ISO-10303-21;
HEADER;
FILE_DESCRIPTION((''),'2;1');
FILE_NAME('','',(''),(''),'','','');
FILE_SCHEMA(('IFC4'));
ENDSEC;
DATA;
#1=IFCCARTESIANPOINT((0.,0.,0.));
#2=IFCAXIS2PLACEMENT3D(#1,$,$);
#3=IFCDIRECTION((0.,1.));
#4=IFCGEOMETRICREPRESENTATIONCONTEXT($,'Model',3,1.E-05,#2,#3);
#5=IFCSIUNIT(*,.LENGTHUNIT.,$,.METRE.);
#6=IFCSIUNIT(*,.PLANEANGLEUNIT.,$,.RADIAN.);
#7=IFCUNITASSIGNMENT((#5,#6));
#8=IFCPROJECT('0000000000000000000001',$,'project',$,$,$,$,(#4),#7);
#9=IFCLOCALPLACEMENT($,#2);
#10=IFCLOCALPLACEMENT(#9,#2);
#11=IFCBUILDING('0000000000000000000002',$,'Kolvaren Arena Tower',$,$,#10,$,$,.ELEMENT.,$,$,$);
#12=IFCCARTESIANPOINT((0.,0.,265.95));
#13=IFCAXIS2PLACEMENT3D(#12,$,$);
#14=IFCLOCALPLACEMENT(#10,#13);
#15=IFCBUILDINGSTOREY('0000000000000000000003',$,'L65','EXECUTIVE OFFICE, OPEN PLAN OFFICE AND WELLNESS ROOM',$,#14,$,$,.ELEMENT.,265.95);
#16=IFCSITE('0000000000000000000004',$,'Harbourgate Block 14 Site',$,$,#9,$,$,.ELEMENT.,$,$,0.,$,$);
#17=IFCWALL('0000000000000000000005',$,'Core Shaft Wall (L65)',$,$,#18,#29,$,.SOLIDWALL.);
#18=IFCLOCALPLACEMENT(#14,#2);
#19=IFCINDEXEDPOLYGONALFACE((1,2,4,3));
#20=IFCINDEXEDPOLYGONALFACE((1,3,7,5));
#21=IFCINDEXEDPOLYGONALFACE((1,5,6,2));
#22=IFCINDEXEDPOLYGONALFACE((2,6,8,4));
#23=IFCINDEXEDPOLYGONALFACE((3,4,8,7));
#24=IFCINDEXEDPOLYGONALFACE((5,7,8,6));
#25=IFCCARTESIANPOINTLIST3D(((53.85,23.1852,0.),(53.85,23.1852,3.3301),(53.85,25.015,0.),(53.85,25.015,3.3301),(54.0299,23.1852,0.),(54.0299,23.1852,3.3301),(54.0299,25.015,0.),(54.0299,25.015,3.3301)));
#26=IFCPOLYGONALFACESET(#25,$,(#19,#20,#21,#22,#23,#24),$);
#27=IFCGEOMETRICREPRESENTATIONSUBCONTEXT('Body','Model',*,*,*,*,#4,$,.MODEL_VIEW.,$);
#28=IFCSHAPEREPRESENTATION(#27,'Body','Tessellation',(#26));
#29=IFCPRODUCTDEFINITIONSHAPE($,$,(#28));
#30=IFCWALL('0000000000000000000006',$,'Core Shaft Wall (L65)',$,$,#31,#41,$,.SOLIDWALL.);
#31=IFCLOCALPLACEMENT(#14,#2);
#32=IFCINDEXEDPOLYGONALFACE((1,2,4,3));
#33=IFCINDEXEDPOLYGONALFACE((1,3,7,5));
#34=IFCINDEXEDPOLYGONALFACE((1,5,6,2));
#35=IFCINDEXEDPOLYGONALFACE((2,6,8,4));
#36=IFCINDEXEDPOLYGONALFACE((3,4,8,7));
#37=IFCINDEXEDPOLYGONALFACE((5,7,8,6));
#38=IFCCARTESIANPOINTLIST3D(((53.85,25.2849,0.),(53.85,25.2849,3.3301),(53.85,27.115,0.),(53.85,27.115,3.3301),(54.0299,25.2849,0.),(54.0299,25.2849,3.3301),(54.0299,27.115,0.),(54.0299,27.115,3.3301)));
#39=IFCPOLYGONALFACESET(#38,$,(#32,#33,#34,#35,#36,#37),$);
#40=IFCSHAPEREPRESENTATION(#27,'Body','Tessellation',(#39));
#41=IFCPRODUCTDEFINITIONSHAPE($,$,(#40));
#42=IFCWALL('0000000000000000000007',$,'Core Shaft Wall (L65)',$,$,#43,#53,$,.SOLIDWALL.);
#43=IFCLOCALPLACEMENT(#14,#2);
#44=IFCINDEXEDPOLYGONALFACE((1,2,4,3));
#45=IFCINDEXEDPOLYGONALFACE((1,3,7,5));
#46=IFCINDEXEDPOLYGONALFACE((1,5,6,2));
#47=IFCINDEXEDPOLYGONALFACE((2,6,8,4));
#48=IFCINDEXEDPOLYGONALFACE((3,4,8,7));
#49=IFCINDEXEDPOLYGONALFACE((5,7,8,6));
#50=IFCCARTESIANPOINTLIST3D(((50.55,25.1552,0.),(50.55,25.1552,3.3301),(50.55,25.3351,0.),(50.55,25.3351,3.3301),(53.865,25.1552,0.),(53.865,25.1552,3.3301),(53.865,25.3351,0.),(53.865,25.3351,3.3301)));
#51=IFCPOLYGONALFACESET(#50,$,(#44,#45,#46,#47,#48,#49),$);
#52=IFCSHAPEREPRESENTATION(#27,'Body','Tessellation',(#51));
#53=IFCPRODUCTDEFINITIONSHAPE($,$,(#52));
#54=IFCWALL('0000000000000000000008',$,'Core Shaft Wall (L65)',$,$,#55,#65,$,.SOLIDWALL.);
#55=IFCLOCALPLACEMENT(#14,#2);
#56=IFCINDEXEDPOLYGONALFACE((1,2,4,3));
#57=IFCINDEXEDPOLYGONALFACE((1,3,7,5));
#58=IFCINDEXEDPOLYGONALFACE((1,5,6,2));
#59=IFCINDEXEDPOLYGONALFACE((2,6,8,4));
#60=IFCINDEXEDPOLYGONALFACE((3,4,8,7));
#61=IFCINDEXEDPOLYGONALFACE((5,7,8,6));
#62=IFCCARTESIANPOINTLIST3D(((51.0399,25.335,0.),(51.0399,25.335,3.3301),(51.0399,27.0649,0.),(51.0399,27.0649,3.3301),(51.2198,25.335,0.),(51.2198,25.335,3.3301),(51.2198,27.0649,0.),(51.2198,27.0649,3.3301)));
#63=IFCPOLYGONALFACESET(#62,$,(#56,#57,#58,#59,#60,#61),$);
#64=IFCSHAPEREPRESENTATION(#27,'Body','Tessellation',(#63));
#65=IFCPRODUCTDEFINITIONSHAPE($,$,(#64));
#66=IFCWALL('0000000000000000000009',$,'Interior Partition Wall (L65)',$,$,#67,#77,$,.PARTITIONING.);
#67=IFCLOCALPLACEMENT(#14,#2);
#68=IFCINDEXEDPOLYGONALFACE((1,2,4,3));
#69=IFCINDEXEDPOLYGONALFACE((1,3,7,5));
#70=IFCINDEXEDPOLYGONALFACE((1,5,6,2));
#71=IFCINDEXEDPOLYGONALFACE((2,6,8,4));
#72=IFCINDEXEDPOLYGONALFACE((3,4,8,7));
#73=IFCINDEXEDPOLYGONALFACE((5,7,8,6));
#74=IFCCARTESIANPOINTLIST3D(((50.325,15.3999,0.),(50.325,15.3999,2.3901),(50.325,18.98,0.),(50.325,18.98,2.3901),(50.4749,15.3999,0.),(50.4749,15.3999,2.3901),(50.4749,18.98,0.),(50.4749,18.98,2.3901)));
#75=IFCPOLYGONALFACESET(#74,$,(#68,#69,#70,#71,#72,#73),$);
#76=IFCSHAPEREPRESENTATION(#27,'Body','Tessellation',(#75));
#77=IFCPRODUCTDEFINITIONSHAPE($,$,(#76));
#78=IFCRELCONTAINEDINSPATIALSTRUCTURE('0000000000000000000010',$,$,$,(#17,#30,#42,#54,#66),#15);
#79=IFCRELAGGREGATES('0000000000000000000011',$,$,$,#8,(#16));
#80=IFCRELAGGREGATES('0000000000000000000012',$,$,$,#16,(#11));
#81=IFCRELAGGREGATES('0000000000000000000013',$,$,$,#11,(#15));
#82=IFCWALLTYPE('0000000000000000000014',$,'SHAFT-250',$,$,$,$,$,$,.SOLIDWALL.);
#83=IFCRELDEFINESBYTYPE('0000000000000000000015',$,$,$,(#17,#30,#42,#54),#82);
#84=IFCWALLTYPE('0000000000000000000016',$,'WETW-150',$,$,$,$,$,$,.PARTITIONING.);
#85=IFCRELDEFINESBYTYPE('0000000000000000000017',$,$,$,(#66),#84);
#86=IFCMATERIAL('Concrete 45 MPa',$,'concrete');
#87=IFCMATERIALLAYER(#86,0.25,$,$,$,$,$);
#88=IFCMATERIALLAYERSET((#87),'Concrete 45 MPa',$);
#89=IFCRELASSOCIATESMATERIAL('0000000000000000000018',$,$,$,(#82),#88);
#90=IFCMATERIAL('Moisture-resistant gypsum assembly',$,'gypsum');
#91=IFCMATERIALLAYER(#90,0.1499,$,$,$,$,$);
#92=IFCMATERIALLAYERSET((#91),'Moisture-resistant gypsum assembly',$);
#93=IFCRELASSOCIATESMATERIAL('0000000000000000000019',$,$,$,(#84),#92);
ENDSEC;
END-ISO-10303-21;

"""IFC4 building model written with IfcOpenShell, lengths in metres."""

from ifc_helpers import new_model, si_unit, direction, frame, frame_2d, origin, place, context, subcontext, project, spatial, rectangle, extrude, material, layer, layer_set, type_object, element, save


model = new_model("IFC4")

# Units and contexts
model_context = context("Model", 3, precision=1e-05, world=origin(), true_north=direction((0.0, 1.0)))
body_context = subcontext(model_context, "Body", "Model", "MODEL_VIEW")
ifc_project = project(units=[si_unit("LENGTHUNIT", "METRE"), si_unit("PLANEANGLEUNIT", "RADIAN")], contexts=[model_context])

# Site, building, storey
site_placement = place(None, origin())
site = spatial("IfcSite", under=ifc_project, at=site_placement, Name="Harbourgate Block 14 Site", CompositionType="ELEMENT", RefElevation=0.0)
building_placement = place(site_placement, origin())
building = spatial("IfcBuilding", under=site, at=building_placement, Name="Kolvaren Arena Tower", CompositionType="ELEMENT")
storey_placement = place(building_placement, frame((0.0, 0.0, 265.95)))
storey = spatial("IfcBuildingStorey", under=building, at=storey_placement, Name="L65", Description="EXECUTIVE OFFICE, OPEN PLAN OFFICE AND WELLNESS ROOM", CompositionType="ELEMENT", Elevation=265.95)

# Shared definitions
ifc_material_1 = material(Name="Concrete 45 MPa", Category="concrete")
ifc_layer_1 = layer(ifc_material_1, 0.25)
ifc_layer_set_1 = layer_set([ifc_layer_1], Name="Concrete 45 MPa")
wall_type_1 = type_object("IfcWallType", Name="SHAFT-250", PredefinedType="SOLIDWALL", material=ifc_layer_set_1)

# Walls
wall_1_placement = place(storey_placement, frame((53.9399, 23.1851, 0.0), z_axis=(0.0, 0.0, 1.0), x_axis=(0.0, 1.0, 0.0)))
element("IfcWall", 1, at=wall_1_placement, inside=storey, type_object=wall_type_1, Name="Core Shaft Wall (L65)", PredefinedType="SOLIDWALL", context=body_context, shape_type="SweptSolid", body=[
    extrude(rectangle(XDim=1.8298, YDim=0.1799, at=frame_2d((0.915, 0.0))), origin(), (0.0, 0.0, 1.0), 3.3301),
])
wall_2_placement = place(storey_placement, frame((53.9399, 25.2849, 0.0), z_axis=(0.0, 0.0, 1.0), x_axis=(0.0, 1.0, 0.0)))
element("IfcWall", 2, at=wall_2_placement, inside=storey, type_object=wall_type_1, Name="Core Shaft Wall (L65)", PredefinedType="SOLIDWALL", context=body_context, shape_type="SweptSolid", body=[
    extrude(rectangle(XDim=1.8301, YDim=0.1799, at=frame_2d((0.915, 0.0))), origin(), (0.0, 0.0, 1.0), 3.3301),
])
wall_3_placement = place(storey_placement, frame((50.55, 25.2451, 0.0), z_axis=(0.0, 0.0, 1.0), x_axis=(1.0, 0.0, 0.0)))
element("IfcWall", 3, at=wall_3_placement, inside=storey, type_object=wall_type_1, Name="Core Shaft Wall (L65)", PredefinedType="SOLIDWALL", context=body_context, shape_type="SweptSolid", body=[
    extrude(rectangle(XDim=3.3149, YDim=0.1799, at=frame_2d((1.6575, 0.0))), origin(), (0.0, 0.0, 1.0), 3.3301),
])
wall_4_placement = place(storey_placement, frame((51.1299, 25.335, 0.0), z_axis=(0.0, 0.0, 1.0), x_axis=(0.0, 1.0, 0.0)))
element("IfcWall", 4, at=wall_4_placement, inside=storey, type_object=wall_type_1, Name="Core Shaft Wall (L65)", PredefinedType="SOLIDWALL", context=body_context, shape_type="SweptSolid", body=[
    extrude(rectangle(XDim=1.73, YDim=0.1799, at=frame_2d((0.865, 0.0))), origin(), (0.0, 0.0, 1.0), 3.3301),
])
ifc_material_2 = material(Name="Moisture-resistant gypsum assembly", Category="gypsum")
ifc_layer_2 = layer(ifc_material_2, 0.1499)
ifc_layer_set_2 = layer_set([ifc_layer_2], Name="Moisture-resistant gypsum assembly")
wall_type_2 = type_object("IfcWallType", Name="WETW-150", PredefinedType="PARTITIONING", material=ifc_layer_set_2)
wall_5_placement = place(storey_placement, frame((50.3999, 15.3999, 0.0), z_axis=(0.0, 0.0, 1.0), x_axis=(0.0, 1.0, 0.0)))
element("IfcWall", 5, at=wall_5_placement, inside=storey, type_object=wall_type_2, Name="Interior Partition Wall (L65)", PredefinedType="PARTITIONING", context=body_context, shape_type="SweptSolid", body=[
    extrude(rectangle(XDim=3.5801, YDim=0.1499, at=frame_2d((1.79, 0.0))), origin(), (0.0, 0.0, 1.0), 2.3901),
])

save(model, "model.ifc")
